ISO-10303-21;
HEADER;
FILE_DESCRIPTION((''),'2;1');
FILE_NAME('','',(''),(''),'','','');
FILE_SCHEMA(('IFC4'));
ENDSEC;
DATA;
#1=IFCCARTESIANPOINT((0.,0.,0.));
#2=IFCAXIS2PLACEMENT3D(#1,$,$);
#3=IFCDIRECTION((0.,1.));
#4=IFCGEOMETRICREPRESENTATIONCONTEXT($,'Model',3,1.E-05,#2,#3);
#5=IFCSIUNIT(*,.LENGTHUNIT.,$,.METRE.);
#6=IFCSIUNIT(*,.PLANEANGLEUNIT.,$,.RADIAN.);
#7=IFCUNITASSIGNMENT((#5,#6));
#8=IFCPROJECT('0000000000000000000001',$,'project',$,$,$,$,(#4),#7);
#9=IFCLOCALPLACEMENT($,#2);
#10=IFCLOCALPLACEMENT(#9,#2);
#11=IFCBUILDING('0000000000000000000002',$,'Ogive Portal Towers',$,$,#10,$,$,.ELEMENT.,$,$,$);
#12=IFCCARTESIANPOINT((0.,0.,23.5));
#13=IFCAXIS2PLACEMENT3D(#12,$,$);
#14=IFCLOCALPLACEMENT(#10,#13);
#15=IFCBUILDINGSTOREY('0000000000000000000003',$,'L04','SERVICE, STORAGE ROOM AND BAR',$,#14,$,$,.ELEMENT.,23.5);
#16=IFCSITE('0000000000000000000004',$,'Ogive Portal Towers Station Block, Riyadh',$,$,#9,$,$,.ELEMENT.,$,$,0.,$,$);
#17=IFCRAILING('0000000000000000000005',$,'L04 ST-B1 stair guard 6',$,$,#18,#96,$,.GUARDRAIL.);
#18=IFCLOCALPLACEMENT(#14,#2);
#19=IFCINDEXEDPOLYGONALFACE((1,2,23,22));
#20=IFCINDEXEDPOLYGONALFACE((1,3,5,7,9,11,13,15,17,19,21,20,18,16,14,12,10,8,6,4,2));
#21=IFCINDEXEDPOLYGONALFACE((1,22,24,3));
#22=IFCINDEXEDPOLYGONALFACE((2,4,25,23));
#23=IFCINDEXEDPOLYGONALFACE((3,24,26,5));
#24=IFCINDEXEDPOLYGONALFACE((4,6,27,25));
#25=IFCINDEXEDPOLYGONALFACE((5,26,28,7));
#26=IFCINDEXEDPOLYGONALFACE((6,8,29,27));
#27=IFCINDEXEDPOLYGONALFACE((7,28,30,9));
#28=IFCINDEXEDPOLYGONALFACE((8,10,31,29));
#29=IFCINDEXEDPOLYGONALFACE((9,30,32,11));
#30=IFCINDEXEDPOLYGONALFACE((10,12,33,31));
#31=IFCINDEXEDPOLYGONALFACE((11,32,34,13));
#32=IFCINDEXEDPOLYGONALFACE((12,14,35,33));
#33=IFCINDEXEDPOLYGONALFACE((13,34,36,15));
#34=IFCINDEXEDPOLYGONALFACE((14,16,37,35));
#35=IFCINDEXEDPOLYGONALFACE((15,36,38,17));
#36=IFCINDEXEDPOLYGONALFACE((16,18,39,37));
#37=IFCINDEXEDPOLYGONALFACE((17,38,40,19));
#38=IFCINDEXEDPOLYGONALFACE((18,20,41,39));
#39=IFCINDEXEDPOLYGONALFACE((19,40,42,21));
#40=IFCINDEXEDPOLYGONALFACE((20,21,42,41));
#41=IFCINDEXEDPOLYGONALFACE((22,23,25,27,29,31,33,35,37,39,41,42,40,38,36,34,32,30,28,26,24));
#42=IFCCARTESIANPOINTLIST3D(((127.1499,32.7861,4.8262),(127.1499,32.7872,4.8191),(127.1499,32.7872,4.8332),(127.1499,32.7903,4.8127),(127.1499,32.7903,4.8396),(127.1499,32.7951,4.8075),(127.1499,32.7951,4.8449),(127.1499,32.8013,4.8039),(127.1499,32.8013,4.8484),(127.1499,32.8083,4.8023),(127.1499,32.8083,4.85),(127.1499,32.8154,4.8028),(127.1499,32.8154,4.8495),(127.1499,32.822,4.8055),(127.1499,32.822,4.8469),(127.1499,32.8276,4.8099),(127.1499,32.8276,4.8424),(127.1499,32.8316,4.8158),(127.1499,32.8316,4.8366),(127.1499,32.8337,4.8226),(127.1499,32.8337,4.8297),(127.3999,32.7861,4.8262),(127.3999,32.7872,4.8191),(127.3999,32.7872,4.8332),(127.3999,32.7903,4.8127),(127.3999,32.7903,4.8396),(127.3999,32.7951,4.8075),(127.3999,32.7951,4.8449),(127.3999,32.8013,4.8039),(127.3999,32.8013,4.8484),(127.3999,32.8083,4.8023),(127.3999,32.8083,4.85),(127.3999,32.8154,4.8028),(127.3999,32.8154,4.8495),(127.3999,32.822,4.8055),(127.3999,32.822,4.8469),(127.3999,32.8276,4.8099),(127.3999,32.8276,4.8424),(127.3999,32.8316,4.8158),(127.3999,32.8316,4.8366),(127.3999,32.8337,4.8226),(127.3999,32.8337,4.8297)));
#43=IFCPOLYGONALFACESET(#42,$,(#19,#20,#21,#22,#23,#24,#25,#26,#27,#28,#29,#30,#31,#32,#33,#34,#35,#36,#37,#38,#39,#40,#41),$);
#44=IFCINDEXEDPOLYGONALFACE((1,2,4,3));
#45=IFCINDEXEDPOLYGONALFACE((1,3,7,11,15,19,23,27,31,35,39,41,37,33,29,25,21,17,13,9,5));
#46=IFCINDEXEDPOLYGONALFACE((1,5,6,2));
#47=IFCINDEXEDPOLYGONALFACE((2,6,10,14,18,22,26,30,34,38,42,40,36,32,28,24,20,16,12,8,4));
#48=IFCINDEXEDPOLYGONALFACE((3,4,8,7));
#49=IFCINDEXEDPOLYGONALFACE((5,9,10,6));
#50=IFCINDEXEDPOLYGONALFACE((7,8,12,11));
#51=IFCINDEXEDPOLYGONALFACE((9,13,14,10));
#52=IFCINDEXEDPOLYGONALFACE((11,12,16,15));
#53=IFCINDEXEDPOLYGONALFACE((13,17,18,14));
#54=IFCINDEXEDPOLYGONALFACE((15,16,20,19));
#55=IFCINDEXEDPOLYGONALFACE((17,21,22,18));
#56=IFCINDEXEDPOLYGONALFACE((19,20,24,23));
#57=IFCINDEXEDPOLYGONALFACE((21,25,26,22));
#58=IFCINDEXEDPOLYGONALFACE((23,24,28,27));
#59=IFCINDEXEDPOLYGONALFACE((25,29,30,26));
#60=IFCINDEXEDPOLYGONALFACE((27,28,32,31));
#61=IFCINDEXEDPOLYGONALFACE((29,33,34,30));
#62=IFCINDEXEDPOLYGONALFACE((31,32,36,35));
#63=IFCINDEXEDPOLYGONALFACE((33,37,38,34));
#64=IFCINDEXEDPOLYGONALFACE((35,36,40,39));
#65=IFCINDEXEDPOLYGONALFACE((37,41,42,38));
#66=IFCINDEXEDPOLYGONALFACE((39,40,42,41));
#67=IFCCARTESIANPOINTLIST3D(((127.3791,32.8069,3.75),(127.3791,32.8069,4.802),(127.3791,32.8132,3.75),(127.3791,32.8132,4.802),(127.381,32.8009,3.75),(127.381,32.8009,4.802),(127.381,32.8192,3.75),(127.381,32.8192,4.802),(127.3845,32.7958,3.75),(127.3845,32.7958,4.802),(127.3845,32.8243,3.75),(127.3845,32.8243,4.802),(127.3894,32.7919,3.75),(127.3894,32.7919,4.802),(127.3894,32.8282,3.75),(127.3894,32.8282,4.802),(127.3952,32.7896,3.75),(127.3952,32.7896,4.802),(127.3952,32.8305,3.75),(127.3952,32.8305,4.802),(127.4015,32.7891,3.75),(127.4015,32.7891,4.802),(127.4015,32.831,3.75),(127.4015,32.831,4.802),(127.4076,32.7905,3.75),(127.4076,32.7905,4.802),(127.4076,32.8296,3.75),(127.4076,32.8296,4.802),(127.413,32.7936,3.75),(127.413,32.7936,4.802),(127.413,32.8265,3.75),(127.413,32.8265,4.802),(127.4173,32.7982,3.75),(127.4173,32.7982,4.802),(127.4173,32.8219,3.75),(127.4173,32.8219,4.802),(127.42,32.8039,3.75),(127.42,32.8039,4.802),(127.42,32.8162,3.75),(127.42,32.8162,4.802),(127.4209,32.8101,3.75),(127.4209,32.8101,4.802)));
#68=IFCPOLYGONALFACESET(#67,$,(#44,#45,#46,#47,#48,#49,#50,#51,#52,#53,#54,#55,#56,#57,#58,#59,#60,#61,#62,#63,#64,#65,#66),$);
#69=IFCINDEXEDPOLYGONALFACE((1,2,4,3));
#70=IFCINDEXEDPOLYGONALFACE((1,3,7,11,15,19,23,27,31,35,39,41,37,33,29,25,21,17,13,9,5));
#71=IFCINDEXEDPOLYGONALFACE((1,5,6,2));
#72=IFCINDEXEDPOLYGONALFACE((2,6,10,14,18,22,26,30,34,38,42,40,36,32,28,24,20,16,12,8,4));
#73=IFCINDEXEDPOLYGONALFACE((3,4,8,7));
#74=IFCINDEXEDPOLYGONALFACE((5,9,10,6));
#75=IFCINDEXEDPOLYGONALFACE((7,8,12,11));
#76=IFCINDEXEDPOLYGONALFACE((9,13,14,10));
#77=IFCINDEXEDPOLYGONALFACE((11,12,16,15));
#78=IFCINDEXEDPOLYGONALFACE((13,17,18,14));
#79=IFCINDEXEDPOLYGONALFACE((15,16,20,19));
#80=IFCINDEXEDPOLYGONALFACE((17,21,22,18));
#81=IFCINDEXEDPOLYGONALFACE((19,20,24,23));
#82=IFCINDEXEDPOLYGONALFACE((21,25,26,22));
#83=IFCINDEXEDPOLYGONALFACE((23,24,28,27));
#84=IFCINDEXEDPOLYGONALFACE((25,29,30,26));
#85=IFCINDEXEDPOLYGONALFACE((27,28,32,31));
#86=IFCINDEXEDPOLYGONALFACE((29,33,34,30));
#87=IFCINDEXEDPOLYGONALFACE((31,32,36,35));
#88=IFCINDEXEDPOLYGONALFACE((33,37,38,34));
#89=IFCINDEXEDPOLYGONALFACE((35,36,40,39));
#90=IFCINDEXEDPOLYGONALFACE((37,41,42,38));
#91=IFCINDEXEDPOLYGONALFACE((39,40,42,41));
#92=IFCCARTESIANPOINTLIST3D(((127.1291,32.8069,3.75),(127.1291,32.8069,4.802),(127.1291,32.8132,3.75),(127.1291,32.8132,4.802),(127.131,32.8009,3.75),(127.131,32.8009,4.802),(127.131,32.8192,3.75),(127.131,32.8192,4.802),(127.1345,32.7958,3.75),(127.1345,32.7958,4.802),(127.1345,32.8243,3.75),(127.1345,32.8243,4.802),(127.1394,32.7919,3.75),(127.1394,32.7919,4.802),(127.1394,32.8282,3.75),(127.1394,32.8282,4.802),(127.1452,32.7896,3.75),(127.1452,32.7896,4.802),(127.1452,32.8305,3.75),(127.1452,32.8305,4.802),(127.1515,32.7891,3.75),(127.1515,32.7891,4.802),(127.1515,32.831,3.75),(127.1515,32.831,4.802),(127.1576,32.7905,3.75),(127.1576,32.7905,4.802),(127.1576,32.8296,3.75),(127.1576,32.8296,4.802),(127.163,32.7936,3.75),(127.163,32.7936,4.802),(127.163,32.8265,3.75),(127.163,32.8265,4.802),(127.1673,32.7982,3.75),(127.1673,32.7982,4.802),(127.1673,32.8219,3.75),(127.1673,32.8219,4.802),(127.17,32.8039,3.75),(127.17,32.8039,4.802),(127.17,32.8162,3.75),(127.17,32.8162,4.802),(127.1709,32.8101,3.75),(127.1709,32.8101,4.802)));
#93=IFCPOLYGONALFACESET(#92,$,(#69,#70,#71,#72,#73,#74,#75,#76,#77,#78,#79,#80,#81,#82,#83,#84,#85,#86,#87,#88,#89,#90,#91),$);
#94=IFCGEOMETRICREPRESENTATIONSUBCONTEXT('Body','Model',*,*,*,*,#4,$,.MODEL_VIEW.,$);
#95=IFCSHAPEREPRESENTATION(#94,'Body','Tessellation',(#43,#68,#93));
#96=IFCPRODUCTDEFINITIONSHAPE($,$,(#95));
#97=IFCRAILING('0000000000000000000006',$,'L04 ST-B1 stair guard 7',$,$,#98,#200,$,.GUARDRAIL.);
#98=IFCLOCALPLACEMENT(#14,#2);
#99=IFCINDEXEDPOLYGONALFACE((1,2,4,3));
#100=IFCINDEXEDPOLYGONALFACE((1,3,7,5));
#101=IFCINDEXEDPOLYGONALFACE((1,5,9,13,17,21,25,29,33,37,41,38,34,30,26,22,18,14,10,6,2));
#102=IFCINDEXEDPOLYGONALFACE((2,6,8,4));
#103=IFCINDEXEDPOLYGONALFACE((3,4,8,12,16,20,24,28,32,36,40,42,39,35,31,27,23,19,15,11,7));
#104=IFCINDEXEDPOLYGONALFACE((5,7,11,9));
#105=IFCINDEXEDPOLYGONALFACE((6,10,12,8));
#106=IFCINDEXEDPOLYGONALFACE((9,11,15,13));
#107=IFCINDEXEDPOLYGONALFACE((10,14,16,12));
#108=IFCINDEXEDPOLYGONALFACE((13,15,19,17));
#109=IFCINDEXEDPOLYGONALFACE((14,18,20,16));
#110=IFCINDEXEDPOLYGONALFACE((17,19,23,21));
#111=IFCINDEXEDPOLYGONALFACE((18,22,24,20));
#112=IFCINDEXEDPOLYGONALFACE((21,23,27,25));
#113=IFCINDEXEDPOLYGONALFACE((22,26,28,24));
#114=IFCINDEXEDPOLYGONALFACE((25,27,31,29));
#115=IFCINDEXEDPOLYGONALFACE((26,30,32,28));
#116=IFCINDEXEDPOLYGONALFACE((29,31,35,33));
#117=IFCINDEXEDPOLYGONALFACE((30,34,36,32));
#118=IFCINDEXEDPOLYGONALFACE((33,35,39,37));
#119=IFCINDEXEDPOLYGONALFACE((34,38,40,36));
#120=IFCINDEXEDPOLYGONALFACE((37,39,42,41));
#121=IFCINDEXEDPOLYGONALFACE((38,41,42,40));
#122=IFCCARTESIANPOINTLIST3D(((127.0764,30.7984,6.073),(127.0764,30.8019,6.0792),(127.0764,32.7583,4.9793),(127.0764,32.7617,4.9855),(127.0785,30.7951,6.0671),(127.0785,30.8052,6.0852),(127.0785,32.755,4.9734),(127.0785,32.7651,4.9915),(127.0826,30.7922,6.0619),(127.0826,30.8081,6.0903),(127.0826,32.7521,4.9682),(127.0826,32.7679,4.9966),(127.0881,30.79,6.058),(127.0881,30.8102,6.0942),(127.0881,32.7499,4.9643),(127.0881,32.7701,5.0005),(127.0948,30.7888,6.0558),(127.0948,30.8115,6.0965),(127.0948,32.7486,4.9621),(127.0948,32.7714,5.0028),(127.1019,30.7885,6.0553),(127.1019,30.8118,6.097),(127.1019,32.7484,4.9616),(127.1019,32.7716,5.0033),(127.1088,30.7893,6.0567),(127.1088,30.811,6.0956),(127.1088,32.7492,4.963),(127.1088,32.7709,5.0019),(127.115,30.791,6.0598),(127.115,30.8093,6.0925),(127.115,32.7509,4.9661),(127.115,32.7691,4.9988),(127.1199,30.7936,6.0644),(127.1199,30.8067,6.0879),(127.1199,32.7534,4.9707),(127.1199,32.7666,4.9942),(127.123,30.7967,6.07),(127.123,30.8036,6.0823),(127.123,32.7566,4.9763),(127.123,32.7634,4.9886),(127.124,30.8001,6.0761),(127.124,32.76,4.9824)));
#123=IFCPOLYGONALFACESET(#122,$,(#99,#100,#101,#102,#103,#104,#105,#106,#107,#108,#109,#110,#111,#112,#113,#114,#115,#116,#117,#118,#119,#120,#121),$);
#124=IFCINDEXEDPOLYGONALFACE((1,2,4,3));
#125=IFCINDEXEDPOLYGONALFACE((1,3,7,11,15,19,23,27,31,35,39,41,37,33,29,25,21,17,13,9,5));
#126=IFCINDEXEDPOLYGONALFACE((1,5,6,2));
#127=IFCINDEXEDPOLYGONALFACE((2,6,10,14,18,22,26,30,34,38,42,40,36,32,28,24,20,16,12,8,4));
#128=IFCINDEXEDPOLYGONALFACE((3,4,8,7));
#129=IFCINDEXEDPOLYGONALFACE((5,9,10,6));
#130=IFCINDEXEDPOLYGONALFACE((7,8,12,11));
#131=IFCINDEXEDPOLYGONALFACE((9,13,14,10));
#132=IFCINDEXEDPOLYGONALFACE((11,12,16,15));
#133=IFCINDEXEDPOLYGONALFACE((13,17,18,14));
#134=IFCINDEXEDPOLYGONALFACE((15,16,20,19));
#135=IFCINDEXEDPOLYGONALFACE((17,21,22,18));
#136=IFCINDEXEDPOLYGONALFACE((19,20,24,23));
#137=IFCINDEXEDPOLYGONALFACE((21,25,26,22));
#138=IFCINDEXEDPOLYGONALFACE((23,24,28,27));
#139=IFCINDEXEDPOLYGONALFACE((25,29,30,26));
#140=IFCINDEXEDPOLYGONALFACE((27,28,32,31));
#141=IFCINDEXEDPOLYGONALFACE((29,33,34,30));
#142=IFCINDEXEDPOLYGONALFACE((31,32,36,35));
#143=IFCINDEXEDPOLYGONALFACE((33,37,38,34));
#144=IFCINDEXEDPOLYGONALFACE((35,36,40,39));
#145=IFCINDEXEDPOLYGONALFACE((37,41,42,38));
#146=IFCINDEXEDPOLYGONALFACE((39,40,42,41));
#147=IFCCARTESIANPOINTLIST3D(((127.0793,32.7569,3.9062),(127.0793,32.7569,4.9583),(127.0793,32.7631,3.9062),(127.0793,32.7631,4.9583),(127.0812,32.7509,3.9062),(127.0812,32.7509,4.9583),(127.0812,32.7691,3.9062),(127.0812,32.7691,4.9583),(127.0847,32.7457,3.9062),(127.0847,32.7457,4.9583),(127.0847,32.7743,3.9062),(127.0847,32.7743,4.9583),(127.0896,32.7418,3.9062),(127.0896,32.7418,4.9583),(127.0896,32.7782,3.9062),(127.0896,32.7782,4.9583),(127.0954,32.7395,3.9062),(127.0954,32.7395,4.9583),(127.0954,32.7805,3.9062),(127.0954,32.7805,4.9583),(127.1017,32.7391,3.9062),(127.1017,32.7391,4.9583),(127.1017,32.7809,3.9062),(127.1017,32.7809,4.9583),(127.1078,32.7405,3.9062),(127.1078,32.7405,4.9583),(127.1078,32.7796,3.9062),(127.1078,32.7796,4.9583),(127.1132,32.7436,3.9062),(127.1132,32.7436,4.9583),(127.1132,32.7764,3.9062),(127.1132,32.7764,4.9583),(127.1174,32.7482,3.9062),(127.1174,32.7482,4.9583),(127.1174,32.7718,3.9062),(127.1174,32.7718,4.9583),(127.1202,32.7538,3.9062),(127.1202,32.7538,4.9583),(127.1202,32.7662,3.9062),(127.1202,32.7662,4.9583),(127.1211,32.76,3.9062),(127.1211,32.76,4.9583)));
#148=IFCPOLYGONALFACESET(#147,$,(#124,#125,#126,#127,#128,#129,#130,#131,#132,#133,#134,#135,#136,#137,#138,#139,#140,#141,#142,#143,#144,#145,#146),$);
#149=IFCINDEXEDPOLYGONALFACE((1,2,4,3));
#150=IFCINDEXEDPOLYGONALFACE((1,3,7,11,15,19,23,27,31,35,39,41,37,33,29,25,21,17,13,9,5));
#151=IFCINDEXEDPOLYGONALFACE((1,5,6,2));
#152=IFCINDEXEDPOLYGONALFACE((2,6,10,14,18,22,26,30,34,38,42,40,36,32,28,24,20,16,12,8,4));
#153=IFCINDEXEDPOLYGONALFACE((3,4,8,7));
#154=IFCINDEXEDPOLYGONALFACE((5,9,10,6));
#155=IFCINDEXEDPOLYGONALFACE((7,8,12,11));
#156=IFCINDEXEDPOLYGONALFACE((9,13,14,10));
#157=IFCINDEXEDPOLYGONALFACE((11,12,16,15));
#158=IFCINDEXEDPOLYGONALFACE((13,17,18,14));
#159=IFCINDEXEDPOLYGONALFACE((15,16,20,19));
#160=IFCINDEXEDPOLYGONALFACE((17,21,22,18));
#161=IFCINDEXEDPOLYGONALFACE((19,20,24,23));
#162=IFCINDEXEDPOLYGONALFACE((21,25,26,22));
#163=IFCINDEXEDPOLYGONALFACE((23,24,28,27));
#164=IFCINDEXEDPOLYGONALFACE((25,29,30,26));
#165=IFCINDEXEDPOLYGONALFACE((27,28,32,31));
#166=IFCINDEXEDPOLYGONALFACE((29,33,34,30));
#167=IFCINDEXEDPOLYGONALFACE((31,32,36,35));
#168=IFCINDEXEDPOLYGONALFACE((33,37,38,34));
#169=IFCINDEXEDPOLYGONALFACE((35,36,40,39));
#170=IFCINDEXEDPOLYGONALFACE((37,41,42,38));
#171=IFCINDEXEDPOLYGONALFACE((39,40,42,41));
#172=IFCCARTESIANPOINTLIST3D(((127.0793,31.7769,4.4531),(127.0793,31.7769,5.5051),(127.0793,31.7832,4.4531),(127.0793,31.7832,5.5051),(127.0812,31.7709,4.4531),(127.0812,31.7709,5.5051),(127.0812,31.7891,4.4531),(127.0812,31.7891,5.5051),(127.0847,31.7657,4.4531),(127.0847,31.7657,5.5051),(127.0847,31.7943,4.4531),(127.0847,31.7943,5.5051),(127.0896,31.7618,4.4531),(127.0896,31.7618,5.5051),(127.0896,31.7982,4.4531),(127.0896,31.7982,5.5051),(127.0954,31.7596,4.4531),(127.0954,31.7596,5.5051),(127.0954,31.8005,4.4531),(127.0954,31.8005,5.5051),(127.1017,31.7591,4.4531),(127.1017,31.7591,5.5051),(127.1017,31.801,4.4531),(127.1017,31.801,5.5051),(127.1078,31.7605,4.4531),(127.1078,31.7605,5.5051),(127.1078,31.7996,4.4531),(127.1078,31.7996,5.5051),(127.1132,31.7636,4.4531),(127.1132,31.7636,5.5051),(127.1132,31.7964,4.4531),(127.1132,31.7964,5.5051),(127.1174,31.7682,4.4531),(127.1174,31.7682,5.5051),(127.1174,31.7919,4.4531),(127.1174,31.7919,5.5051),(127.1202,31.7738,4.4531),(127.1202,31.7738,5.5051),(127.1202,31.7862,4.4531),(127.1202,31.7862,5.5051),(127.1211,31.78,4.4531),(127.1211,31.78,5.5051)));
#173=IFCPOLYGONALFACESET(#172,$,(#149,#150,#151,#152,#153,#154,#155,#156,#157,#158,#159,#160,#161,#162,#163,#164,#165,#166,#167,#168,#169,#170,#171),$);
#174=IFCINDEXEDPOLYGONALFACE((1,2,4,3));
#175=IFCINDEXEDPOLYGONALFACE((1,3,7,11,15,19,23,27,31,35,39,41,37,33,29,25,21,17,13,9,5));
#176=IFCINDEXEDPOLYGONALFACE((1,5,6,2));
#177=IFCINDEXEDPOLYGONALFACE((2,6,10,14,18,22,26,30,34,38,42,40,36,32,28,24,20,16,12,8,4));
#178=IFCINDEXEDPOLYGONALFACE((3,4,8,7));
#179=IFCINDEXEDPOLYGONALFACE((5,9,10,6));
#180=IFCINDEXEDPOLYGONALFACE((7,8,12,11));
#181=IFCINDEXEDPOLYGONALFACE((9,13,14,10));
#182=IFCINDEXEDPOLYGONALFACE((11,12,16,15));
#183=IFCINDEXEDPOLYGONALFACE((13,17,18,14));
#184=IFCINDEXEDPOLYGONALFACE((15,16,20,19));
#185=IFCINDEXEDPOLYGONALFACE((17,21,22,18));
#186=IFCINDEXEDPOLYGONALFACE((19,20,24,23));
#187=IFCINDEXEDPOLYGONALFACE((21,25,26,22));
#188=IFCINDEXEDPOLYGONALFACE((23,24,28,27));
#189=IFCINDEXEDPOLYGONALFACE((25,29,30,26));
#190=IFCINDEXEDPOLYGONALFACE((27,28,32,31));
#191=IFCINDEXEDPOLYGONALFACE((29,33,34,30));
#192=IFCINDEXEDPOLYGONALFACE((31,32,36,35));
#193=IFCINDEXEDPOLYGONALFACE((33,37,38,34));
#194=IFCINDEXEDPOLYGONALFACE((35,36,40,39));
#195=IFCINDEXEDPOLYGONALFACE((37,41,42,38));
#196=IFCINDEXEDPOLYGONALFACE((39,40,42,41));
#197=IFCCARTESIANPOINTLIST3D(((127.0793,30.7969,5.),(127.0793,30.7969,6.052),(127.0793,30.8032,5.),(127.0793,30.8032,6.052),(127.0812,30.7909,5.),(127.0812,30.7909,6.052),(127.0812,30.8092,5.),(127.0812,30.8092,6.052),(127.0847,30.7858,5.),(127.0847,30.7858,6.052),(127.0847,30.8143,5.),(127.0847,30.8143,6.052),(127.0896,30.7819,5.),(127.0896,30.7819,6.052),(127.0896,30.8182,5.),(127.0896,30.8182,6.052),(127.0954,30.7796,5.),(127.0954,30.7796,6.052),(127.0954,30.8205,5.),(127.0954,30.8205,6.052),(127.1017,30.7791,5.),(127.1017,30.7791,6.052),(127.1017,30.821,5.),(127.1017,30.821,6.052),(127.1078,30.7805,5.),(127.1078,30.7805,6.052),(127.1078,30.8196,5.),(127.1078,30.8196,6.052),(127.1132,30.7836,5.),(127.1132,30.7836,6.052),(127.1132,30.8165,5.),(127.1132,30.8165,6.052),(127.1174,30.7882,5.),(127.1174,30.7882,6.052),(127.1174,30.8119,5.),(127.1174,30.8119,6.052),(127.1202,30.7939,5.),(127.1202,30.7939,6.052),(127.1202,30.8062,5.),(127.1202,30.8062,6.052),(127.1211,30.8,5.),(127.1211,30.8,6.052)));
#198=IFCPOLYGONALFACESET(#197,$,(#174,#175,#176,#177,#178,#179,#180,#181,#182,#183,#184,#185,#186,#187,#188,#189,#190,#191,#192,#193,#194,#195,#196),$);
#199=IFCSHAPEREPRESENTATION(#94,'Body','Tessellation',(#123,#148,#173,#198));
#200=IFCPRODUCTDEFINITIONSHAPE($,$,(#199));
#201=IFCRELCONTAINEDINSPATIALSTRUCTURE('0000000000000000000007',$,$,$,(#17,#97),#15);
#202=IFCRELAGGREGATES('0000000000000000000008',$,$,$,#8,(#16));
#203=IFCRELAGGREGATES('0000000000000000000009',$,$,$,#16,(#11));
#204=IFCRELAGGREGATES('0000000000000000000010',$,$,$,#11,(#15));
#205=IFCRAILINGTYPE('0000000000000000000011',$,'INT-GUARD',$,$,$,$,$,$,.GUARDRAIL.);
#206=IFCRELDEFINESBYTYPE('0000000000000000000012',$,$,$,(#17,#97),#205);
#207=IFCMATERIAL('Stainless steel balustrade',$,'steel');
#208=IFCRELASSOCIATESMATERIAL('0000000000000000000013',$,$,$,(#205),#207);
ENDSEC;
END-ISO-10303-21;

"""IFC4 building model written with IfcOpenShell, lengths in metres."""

from ifc_helpers import new_model, si_unit, direction, frame, origin, origin_2d, place, context, subcontext, project, spatial, circle, extrude, material, type_object, element, save


model = new_model("IFC4")

# Units and contexts
model_context = context("Model", 3, precision=1e-05, world=origin(), true_north=direction((0.0, 1.0)))
body_context = subcontext(model_context, "Body", "Model", "MODEL_VIEW")
ifc_project = project(units=[si_unit("LENGTHUNIT", "METRE"), si_unit("PLANEANGLEUNIT", "RADIAN")], contexts=[model_context])

# Site, building, storey
site_placement = place(None, origin())
site = spatial("IfcSite", under=ifc_project, at=site_placement, Name="Ogive Portal Towers Station Block, Riyadh", CompositionType="ELEMENT", RefElevation=0.0)
building_placement = place(site_placement, origin())
building = spatial("IfcBuilding", under=site, at=building_placement, Name="Ogive Portal Towers", CompositionType="ELEMENT")
storey_placement = place(building_placement, frame((0.0, 0.0, 23.5)))
storey = spatial("IfcBuildingStorey", under=building, at=storey_placement, Name="L04", Description="SERVICE, STORAGE ROOM AND BAR", CompositionType="ELEMENT", Elevation=23.5)

# Railings
ifc_material_1 = material(Name="Stainless steel balustrade", Category="steel")
railing_type_1 = type_object("IfcRailingType", Name="INT-GUARD", PredefinedType="GUARDRAIL", material=ifc_material_1)
railing_1_placement = place(storey_placement, frame((127.3999, 32.8101, 3.75)))
element("IfcRailing", 1, at=railing_1_placement, inside=storey, type_object=railing_type_1, Name="L04 ST-B1 stair guard 6", PredefinedType="GUARDRAIL", context=body_context, shape_type="SweptSolid", body=[
    extrude(circle(Radius=0.0239, at=origin_2d()), frame((0.0, 0.0, 1.0762), z_axis=(-1.0, 0.0, 0.0), x_axis=(0.0, -1.0, 0.0)), (0.0, 0.0, 1.0), 0.25),
    extrude(circle(Radius=0.021, at=origin_2d()), origin(), (0.0, 0.0, 1.0), 1.052),
    extrude(circle(Radius=0.021, at=origin_2d()), frame((-0.25, 0.0, 0.0)), (0.0, 0.0, 1.0), 1.052),
])
railing_2_placement = place(storey_placement, frame((127.1001, 32.76, 3.9062)))
element("IfcRailing", 2, at=railing_2_placement, inside=storey, type_object=railing_type_1, Name="L04 ST-B1 stair guard 7", PredefinedType="GUARDRAIL", context=body_context, shape_type="SweptSolid", body=[
    extrude(circle(Radius=0.0239, at=origin_2d()), frame((0.0, 0.0, 1.0762), z_axis=(0.0, -0.873232, 0.487304), x_axis=(1.0, 0.0, 0.0)), (0.0, 0.0, 1.0), 2.2444),
    extrude(circle(Radius=0.021, at=origin_2d()), origin(), (0.0, 0.0, 1.0), 1.052),
    extrude(circle(Radius=0.021, at=origin_2d()), frame((0.0, -0.98, 0.5469)), (0.0, 0.0, 1.0), 1.052),
    extrude(circle(Radius=0.021, at=origin_2d()), frame((0.0, -1.96, 1.0938)), (0.0, 0.0, 1.0), 1.052),
])

save(model, "model.ifc")
